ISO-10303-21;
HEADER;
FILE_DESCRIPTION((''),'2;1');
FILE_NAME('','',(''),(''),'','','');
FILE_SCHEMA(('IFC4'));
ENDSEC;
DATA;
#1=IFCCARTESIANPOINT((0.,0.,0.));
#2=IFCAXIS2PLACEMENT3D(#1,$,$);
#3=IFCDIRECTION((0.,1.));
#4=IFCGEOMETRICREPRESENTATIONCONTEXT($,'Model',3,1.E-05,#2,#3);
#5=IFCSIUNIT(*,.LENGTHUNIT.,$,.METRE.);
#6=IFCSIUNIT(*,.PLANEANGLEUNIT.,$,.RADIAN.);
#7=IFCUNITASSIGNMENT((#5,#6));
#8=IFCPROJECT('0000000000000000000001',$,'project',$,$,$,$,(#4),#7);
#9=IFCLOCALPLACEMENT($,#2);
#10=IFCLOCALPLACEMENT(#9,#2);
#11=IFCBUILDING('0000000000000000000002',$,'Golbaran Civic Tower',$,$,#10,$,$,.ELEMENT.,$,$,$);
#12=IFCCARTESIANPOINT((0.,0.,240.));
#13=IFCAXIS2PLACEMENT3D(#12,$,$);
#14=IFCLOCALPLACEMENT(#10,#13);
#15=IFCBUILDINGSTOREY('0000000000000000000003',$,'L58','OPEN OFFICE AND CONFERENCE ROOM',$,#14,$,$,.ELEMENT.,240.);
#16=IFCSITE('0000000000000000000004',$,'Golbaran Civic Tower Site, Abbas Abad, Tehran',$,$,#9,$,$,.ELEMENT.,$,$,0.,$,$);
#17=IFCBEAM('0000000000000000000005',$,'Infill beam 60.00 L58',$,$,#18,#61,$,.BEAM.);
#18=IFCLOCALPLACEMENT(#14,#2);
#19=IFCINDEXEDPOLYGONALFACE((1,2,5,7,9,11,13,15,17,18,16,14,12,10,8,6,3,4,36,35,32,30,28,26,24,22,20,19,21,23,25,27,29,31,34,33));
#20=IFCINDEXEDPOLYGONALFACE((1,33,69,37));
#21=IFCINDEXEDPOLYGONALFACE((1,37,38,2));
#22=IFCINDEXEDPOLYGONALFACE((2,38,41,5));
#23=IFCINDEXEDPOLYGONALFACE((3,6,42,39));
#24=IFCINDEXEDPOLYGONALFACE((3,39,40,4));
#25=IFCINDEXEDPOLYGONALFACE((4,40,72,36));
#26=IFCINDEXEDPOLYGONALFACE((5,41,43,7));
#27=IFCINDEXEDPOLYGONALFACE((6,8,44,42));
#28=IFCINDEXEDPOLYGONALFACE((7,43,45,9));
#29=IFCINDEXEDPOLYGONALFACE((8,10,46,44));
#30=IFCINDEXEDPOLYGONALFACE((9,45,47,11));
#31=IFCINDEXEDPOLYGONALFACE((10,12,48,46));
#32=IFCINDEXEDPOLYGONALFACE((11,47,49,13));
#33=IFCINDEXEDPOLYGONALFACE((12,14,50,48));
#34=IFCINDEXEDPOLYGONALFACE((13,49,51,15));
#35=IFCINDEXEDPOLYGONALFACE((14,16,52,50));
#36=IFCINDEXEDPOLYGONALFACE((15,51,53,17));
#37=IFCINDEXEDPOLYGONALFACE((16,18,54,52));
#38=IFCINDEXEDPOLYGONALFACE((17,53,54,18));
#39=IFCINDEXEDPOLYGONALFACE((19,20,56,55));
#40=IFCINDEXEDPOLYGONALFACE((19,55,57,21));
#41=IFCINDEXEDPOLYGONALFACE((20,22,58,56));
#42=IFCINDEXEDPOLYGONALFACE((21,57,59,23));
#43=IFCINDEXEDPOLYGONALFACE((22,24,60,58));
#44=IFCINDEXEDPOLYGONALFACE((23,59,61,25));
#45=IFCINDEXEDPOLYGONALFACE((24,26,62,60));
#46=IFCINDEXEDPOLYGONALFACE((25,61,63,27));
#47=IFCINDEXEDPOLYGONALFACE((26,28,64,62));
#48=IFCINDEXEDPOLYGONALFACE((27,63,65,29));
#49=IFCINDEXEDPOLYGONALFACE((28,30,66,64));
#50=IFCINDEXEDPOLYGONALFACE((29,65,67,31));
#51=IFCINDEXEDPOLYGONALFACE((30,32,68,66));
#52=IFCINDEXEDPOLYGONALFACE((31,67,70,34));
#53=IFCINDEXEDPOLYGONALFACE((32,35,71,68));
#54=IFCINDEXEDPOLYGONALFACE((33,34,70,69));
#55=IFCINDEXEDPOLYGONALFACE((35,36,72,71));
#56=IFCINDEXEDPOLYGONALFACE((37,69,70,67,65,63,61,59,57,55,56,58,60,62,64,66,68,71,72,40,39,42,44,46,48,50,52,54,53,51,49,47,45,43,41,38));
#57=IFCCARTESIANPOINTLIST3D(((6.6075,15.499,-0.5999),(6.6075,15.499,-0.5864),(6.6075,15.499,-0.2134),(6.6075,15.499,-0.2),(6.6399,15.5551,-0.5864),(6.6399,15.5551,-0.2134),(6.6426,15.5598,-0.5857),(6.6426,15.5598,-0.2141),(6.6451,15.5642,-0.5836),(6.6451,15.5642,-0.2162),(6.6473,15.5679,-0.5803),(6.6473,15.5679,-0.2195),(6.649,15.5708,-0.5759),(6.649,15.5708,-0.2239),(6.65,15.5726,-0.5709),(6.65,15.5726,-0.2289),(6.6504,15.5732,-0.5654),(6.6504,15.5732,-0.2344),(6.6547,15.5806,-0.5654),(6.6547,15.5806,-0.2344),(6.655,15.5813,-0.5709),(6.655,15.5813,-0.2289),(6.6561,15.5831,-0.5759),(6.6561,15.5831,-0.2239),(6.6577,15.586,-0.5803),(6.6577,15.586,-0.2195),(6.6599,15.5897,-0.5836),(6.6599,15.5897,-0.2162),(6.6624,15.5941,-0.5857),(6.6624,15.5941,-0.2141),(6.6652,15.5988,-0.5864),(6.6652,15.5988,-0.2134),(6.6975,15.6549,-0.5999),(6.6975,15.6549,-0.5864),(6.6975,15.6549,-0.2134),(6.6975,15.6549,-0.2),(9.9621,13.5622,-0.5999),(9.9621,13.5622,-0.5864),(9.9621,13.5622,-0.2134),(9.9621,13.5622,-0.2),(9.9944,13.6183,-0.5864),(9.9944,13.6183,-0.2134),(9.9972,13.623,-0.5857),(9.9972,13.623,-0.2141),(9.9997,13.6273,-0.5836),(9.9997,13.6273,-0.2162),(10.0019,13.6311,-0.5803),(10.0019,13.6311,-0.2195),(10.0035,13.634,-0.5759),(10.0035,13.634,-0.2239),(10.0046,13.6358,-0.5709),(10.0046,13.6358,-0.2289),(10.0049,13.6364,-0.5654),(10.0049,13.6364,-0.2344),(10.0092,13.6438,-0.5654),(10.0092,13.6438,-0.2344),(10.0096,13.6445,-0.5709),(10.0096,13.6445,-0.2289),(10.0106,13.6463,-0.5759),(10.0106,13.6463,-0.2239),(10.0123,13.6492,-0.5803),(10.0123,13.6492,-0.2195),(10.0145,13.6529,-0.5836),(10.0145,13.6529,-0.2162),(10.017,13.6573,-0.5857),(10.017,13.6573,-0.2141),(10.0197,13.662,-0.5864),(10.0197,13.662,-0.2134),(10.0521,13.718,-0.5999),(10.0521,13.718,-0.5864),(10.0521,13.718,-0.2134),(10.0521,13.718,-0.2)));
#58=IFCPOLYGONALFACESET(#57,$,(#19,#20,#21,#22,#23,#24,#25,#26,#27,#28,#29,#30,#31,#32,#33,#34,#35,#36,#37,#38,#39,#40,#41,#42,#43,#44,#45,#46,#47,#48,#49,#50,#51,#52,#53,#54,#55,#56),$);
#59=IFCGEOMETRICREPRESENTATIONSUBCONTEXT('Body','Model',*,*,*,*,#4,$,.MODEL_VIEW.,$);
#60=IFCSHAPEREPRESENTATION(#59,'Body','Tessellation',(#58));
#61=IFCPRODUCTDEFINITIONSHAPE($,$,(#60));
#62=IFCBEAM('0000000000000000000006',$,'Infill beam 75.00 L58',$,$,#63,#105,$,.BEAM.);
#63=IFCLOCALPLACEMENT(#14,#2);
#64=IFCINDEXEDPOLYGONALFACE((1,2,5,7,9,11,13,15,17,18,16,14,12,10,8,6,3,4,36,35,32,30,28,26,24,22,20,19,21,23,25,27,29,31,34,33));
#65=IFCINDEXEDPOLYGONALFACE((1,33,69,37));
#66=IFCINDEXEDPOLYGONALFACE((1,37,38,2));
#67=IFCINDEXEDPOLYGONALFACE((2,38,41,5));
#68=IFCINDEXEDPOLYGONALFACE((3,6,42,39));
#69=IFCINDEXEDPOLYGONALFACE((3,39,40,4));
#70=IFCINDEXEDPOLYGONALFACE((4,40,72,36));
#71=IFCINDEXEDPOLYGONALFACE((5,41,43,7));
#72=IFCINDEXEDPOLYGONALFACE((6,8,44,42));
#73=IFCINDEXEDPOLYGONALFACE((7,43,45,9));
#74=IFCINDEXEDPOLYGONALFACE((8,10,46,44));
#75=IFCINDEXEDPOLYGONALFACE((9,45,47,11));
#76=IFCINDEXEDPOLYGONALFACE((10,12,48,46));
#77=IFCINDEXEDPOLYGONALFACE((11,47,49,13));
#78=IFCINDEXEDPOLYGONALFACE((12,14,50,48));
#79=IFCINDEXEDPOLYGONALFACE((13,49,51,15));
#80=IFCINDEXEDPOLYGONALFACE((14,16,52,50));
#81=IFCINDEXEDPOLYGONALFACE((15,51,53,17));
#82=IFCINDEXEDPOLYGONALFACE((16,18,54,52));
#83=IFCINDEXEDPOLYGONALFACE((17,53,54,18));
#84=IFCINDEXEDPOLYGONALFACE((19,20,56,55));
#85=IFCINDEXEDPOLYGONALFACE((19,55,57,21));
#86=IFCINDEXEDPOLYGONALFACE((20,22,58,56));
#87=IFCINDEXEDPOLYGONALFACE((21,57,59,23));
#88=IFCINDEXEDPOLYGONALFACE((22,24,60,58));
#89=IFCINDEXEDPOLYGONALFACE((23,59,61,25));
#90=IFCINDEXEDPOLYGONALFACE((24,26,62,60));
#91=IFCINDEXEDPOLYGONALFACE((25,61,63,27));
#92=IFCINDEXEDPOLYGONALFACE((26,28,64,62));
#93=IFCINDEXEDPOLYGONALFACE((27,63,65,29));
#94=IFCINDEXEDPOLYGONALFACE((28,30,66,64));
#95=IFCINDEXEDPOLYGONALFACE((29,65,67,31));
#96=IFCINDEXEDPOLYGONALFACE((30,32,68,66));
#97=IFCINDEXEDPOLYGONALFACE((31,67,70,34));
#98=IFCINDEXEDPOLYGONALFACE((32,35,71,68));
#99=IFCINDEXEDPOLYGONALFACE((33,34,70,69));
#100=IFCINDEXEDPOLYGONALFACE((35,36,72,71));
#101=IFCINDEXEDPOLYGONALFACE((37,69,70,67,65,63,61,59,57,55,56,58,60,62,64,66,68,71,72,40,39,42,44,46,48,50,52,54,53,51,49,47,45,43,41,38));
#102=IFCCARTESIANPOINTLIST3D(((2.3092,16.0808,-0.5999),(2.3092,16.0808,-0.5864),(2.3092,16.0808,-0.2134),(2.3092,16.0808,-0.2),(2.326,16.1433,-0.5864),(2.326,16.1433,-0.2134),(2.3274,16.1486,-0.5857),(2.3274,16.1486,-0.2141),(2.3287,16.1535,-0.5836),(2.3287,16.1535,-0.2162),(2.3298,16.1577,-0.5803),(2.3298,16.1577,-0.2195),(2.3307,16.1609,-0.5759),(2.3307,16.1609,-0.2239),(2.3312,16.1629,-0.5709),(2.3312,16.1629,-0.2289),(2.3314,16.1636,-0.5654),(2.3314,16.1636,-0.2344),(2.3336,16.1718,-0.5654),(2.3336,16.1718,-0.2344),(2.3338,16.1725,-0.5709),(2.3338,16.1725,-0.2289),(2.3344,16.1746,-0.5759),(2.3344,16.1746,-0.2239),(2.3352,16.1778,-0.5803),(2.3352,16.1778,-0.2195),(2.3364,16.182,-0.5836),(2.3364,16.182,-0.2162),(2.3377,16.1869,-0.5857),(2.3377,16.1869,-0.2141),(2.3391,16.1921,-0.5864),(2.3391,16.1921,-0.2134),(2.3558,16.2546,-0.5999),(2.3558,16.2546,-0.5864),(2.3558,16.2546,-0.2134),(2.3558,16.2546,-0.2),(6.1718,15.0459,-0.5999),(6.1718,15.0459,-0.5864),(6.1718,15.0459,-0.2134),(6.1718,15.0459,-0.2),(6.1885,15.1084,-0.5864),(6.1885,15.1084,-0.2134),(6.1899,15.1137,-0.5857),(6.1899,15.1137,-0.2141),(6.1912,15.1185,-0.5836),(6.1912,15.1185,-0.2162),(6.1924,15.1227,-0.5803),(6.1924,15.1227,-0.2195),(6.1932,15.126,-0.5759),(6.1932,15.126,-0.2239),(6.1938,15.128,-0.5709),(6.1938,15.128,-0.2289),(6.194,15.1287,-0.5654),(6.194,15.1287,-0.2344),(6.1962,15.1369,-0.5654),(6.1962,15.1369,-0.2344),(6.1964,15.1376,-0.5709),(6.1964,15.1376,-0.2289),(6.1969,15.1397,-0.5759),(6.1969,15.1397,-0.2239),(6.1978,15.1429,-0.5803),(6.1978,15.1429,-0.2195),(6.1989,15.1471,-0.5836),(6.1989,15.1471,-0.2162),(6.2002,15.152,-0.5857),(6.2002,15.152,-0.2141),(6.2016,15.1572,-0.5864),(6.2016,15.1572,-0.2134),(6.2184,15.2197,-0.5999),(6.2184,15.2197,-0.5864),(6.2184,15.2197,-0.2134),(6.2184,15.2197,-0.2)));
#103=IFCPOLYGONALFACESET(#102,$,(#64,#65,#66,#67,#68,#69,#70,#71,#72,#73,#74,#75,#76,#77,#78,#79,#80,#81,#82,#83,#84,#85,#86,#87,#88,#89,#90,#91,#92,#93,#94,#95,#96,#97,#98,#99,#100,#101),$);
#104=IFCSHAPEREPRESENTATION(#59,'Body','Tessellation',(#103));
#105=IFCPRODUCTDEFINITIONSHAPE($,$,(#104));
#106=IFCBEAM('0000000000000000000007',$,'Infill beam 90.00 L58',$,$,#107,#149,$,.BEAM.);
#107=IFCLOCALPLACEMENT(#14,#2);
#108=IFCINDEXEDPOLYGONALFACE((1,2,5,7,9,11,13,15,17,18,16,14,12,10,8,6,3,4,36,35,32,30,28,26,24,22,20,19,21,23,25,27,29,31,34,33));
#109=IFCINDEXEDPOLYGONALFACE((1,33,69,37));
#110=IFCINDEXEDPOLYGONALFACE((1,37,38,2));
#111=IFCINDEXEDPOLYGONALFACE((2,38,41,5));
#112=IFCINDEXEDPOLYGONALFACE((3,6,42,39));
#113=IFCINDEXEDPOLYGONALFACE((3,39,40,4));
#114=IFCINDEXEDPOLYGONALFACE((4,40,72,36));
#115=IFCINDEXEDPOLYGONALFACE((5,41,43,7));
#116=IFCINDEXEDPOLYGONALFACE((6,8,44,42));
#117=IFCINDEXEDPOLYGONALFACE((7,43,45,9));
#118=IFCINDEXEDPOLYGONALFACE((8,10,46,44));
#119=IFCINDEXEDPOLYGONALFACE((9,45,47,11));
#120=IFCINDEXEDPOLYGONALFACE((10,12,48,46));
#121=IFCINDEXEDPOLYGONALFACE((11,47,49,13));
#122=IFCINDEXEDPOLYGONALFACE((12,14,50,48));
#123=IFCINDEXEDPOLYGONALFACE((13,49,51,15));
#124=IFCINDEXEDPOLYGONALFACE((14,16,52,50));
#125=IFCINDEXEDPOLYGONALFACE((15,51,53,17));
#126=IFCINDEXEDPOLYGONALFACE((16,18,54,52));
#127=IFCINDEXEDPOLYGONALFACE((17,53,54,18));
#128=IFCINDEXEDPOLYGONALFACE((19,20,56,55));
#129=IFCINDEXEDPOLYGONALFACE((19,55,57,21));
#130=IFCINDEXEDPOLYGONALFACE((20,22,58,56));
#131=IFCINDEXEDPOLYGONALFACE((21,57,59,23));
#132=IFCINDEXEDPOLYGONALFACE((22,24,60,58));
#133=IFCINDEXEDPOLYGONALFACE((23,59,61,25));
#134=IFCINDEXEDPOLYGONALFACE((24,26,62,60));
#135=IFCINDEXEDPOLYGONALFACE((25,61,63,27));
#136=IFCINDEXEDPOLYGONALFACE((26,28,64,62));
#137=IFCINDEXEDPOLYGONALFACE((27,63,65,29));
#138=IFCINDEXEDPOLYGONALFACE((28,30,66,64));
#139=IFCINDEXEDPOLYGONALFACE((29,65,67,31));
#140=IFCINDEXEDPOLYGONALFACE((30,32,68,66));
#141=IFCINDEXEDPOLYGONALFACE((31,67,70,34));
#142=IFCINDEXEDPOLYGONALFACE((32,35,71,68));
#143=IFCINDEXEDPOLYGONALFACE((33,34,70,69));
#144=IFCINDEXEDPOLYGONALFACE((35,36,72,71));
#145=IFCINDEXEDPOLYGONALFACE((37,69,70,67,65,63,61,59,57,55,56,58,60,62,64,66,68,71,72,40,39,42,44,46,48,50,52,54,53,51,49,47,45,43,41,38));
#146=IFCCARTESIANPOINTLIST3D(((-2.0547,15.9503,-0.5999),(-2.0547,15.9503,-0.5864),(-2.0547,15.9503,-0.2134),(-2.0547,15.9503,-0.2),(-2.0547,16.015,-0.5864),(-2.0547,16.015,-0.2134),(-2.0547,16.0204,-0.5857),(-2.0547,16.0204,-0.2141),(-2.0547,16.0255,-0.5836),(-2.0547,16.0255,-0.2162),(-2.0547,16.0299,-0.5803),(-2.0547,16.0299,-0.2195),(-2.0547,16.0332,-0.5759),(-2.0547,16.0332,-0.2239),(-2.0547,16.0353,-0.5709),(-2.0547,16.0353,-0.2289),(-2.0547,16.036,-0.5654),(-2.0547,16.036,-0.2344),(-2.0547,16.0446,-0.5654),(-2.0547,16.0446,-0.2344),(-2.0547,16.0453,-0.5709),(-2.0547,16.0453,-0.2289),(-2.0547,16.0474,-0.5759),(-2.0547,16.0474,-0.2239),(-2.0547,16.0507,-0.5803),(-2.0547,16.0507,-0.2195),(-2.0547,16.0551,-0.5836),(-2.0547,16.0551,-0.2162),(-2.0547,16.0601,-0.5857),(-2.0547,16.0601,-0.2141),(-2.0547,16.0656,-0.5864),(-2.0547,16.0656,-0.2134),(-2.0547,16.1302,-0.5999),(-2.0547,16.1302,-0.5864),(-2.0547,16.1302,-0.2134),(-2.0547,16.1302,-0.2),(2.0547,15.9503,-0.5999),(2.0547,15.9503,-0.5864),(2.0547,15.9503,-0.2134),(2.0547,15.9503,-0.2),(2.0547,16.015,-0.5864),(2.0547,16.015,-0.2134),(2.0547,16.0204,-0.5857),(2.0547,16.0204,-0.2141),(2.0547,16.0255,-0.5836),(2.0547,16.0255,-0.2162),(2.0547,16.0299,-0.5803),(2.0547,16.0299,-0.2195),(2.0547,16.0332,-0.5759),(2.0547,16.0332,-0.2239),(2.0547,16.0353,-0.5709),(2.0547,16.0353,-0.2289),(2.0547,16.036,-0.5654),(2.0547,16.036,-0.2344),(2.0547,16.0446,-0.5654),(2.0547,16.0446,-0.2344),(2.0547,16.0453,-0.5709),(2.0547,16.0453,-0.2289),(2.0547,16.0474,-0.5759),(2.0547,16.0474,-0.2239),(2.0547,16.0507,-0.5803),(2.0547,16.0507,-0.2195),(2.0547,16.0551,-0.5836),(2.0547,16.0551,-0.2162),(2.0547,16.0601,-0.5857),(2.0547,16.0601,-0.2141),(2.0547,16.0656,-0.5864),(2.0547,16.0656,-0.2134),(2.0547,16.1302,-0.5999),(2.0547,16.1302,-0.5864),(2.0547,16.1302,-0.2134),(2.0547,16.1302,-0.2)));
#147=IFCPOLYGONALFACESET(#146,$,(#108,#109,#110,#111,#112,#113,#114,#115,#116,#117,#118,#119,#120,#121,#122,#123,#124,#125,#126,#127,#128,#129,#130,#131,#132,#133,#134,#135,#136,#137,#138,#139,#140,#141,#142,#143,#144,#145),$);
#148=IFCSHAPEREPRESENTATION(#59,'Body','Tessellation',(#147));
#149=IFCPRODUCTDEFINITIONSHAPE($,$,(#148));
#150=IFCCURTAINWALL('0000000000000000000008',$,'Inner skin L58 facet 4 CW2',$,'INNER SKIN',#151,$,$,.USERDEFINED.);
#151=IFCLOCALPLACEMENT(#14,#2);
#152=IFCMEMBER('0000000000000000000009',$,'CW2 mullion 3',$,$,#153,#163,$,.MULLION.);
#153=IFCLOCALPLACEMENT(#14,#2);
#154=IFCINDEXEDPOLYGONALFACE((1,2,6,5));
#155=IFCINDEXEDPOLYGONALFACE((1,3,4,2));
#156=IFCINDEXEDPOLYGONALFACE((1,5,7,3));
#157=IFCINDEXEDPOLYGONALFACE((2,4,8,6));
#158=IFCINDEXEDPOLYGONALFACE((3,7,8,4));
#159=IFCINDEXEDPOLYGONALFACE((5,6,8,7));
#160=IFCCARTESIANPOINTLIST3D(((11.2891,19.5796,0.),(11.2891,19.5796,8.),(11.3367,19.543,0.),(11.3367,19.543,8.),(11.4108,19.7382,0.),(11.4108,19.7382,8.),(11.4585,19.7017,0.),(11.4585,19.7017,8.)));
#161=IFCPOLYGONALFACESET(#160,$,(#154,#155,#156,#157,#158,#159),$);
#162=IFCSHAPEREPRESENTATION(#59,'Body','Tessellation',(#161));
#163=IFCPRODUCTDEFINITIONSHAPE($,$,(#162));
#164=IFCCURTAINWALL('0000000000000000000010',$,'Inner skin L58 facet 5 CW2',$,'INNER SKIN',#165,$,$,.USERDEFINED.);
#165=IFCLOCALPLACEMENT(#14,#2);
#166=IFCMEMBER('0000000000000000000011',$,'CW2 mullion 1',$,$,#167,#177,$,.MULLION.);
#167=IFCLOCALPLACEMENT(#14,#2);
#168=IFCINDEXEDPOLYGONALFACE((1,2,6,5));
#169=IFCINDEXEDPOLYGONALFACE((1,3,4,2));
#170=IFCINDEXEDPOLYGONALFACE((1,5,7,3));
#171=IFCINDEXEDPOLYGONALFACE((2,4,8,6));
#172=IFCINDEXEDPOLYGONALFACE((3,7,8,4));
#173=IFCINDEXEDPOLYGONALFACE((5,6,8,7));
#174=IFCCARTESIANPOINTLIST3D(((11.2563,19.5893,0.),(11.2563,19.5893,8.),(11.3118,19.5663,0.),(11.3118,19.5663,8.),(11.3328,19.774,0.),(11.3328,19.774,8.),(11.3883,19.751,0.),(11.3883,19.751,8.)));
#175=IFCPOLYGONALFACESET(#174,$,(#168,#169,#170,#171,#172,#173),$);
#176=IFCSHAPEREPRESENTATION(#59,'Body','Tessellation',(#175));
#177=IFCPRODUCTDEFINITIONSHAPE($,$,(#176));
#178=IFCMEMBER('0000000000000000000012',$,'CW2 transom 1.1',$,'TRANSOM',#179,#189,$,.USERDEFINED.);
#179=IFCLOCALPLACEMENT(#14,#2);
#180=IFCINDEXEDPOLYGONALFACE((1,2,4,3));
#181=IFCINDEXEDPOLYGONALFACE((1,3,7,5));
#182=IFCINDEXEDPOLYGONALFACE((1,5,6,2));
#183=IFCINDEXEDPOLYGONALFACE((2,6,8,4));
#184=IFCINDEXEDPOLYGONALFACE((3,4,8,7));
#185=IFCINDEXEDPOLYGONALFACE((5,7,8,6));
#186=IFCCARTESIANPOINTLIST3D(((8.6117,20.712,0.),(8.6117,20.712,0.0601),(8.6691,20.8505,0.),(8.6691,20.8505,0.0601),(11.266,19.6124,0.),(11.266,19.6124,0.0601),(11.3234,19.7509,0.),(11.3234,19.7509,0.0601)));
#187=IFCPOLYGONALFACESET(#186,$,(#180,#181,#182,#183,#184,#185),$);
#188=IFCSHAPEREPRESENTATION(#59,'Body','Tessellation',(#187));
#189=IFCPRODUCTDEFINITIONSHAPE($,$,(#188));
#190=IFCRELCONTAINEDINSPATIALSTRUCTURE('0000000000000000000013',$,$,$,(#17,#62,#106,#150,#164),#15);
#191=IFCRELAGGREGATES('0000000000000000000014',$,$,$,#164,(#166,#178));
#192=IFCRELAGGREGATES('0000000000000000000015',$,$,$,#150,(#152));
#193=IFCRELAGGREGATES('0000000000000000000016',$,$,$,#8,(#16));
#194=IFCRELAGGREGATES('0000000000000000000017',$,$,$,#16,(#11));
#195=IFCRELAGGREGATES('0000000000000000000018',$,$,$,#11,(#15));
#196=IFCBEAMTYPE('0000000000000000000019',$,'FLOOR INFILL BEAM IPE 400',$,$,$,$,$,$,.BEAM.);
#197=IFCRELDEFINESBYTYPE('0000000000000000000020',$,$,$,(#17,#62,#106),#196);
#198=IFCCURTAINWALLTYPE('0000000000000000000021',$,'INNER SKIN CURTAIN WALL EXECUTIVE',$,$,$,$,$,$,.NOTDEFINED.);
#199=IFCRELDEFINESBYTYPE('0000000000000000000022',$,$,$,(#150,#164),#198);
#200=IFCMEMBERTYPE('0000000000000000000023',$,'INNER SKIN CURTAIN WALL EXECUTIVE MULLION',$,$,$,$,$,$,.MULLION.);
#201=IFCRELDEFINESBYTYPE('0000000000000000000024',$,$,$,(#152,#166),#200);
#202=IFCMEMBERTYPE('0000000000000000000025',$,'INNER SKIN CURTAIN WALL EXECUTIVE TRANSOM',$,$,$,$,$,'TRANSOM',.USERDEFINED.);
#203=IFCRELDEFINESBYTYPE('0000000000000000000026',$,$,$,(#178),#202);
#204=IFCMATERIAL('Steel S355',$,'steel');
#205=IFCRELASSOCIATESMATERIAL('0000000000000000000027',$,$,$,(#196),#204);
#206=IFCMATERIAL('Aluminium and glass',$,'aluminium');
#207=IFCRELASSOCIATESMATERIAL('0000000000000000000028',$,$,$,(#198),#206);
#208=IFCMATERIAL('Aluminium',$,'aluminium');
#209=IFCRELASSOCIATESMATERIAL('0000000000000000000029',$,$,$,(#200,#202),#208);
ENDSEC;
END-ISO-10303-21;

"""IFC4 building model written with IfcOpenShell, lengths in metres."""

from ifc_helpers import new_model, si_unit, direction, frame, origin, origin_2d, place, context, subcontext, project, spatial, rectangle, i_section, extrude, material, material_profile, profile_set, type_object, element, aggregate, save


model = new_model("IFC4")

# Units and contexts
model_context = context("Model", 3, precision=1e-05, world=origin(), true_north=direction((0.0, 1.0)))
body_context = subcontext(model_context, "Body", "Model", "MODEL_VIEW")
ifc_project = project(units=[si_unit("LENGTHUNIT", "METRE"), si_unit("PLANEANGLEUNIT", "RADIAN")], contexts=[model_context])

# Site, building, storey
site_placement = place(None, origin())
site = spatial("IfcSite", under=ifc_project, at=site_placement, Name="Golbaran Civic Tower Site, Abbas Abad, Tehran", CompositionType="ELEMENT", RefElevation=0.0)
building_placement = place(site_placement, origin())
building = spatial("IfcBuilding", under=site, at=building_placement, Name="Golbaran Civic Tower", CompositionType="ELEMENT")
storey_placement = place(building_placement, frame((0.0, 0.0, 240.0)))
storey = spatial("IfcBuildingStorey", under=building, at=storey_placement, Name="L58", Description="OPEN OFFICE AND CONFERENCE ROOM", CompositionType="ELEMENT", Elevation=240.0)

# Beams
ifc_material_1 = material(Name="Steel S355", Category="steel")
ifc_material_profile_1 = material_profile(ifc_material_1, i_section(OverallWidth=0.1799, OverallDepth=0.3999, WebThickness=0.0085, FlangeThickness=0.0134, FilletRadius=0.021, at=origin_2d()), Name="IPE 400")
ifc_profile_set_1 = profile_set([ifc_material_profile_1], Name="Steel S355")
beam_type_1 = type_object("IfcBeamType", Name="FLOOR INFILL BEAM IPE 400", PredefinedType="BEAM", material=ifc_profile_set_1)
beam_1_placement = place(storey_placement, frame((10.0071, 13.6401, -0.3999), z_axis=(-0.86602, 0.50001, 0.0), x_axis=(-0.50001, -0.86602, 0.0)))
element("IfcBeam", 1, at=beam_1_placement, inside=storey, type_object=beam_type_1, Name="Infill beam 60.00 L58", PredefinedType="BEAM", context=body_context, shape_type="SweptSolid", body=[
    extrude(i_section(OverallWidth=0.1799, OverallDepth=0.3999, WebThickness=0.0085, FlangeThickness=0.0134, FilletRadius=0.021, at=origin_2d()), origin(), (0.0, 0.0, 1.0), 3.8735),
])
beam_2_placement = place(storey_placement, frame((6.1951, 15.1328, -0.3999), z_axis=(-0.965929, 0.258806, 0.0), x_axis=(-0.258806, -0.965929, 0.0)))
element("IfcBeam", 2, at=beam_2_placement, inside=storey, type_object=beam_type_1, Name="Infill beam 75.00 L58", PredefinedType="BEAM", context=body_context, shape_type="SweptSolid", body=[
    extrude(i_section(OverallWidth=0.1799, OverallDepth=0.3999, WebThickness=0.0085, FlangeThickness=0.0134, FilletRadius=0.021, at=origin_2d()), origin(), (0.0, 0.0, 1.0), 3.9988),
])
beam_3_placement = place(storey_placement, frame((2.0547, 16.0403, -0.3999), z_axis=(-1.0, 0.0, 0.0), x_axis=(0.0, -1.0, 0.0)))
element("IfcBeam", 3, at=beam_3_placement, inside=storey, type_object=beam_type_1, Name="Infill beam 90.00 L58", PredefinedType="BEAM", context=body_context, shape_type="SweptSolid", body=[
    extrude(i_section(OverallWidth=0.1799, OverallDepth=0.3999, WebThickness=0.0085, FlangeThickness=0.0134, FilletRadius=0.021, at=origin_2d()), origin(), (0.0, 0.0, 1.0), 4.1094),
])

# Curtain wall, member
ifc_material_2 = material(Name="Aluminium and glass", Category="aluminium")
curtain_wall_type = type_object("IfcCurtainWallType", Name="INNER SKIN CURTAIN WALL EXECUTIVE", PredefinedType="NOTDEFINED", material=ifc_material_2)
curtain_wall_1_placement = place(storey_placement, origin())
curtain_wall_1 = element("IfcCurtainWall", 4, at=curtain_wall_1_placement, inside=storey, type_object=curtain_wall_type, Name="Inner skin L58 facet 4 CW2", ObjectType="INNER SKIN", PredefinedType="USERDEFINED")
ifc_material_3 = material(Name="Aluminium", Category="aluminium")
ifc_material_profile_2 = material_profile(ifc_material_3, rectangle(XDim=0.2, YDim=0.0601, at=origin_2d()), Name="INNER SKIN CURTAIN WALL EXECUTIVE MULLION")
ifc_profile_set_2 = profile_set([ifc_material_profile_2], Name="Aluminium")
member_type_1 = type_object("IfcMemberType", Name="INNER SKIN CURTAIN WALL EXECUTIVE MULLION", PredefinedType="MULLION", material=ifc_profile_set_2)
member_1_placement = place(storey_placement, frame((11.3738, 19.6406, 0.0), z_axis=(0.0, 0.0, 1.0), x_axis=(-0.608761, -0.793353, 0.0)))
member_1 = element("IfcMember", 5, at=member_1_placement, type_object=member_type_1, Name="CW2 mullion 3", PredefinedType="MULLION", context=body_context, shape_type="SweptSolid", body=[
    extrude(rectangle(XDim=0.2, YDim=0.0601, at=origin_2d()), origin(), (0.0, 0.0, 1.0), 8.0),
])

# Curtain wall, members
curtain_wall_2_placement = place(storey_placement, origin())
curtain_wall_2 = element("IfcCurtainWall", 6, at=curtain_wall_2_placement, inside=storey, type_object=curtain_wall_type, Name="Inner skin L58 facet 5 CW2", ObjectType="INNER SKIN", PredefinedType="USERDEFINED")
member_2_placement = place(storey_placement, frame((11.3223, 19.6702, 0.0), z_axis=(0.0, 0.0, 1.0), x_axis=(-0.382683, -0.92388, 0.0)))
member_2 = element("IfcMember", 7, at=member_2_placement, type_object=member_type_1, Name="CW2 mullion 1", PredefinedType="MULLION", context=body_context, shape_type="SweptSolid", body=[
    extrude(rectangle(XDim=0.2, YDim=0.0601, at=origin_2d()), origin(), (0.0, 0.0, 1.0), 8.0),
])
ifc_material_profile_3 = material_profile(ifc_material_3, rectangle(XDim=0.1499, YDim=0.0601, at=origin_2d()), Name="INNER SKIN CURTAIN WALL EXECUTIVE TRANSOM")
ifc_profile_set_3 = profile_set([ifc_material_profile_3], Name="Aluminium")
member_type_2 = type_object("IfcMemberType", Name="INNER SKIN CURTAIN WALL EXECUTIVE TRANSOM", ElementType="TRANSOM", PredefinedType="USERDEFINED", material=ifc_profile_set_3)
member_3_placement = place(storey_placement, frame((11.2947, 19.6816, 0.03), z_axis=(-0.923859, 0.382732, 0.0), x_axis=(-0.382732, -0.923859, 0.0)))
member_3 = element("IfcMember", 8, at=member_3_placement, type_object=member_type_2, Name="CW2 transom 1.1", ObjectType="TRANSOM", PredefinedType="USERDEFINED", context=body_context, shape_type="SweptSolid", body=[
    extrude(rectangle(XDim=0.1499, YDim=0.0601, at=origin_2d()), origin(), (0.0, 0.0, 1.0), 2.873),
])
aggregate(curtain_wall_2, [member_2, member_3])

aggregate(curtain_wall_1, [member_1])

save(model, "model.ifc")
